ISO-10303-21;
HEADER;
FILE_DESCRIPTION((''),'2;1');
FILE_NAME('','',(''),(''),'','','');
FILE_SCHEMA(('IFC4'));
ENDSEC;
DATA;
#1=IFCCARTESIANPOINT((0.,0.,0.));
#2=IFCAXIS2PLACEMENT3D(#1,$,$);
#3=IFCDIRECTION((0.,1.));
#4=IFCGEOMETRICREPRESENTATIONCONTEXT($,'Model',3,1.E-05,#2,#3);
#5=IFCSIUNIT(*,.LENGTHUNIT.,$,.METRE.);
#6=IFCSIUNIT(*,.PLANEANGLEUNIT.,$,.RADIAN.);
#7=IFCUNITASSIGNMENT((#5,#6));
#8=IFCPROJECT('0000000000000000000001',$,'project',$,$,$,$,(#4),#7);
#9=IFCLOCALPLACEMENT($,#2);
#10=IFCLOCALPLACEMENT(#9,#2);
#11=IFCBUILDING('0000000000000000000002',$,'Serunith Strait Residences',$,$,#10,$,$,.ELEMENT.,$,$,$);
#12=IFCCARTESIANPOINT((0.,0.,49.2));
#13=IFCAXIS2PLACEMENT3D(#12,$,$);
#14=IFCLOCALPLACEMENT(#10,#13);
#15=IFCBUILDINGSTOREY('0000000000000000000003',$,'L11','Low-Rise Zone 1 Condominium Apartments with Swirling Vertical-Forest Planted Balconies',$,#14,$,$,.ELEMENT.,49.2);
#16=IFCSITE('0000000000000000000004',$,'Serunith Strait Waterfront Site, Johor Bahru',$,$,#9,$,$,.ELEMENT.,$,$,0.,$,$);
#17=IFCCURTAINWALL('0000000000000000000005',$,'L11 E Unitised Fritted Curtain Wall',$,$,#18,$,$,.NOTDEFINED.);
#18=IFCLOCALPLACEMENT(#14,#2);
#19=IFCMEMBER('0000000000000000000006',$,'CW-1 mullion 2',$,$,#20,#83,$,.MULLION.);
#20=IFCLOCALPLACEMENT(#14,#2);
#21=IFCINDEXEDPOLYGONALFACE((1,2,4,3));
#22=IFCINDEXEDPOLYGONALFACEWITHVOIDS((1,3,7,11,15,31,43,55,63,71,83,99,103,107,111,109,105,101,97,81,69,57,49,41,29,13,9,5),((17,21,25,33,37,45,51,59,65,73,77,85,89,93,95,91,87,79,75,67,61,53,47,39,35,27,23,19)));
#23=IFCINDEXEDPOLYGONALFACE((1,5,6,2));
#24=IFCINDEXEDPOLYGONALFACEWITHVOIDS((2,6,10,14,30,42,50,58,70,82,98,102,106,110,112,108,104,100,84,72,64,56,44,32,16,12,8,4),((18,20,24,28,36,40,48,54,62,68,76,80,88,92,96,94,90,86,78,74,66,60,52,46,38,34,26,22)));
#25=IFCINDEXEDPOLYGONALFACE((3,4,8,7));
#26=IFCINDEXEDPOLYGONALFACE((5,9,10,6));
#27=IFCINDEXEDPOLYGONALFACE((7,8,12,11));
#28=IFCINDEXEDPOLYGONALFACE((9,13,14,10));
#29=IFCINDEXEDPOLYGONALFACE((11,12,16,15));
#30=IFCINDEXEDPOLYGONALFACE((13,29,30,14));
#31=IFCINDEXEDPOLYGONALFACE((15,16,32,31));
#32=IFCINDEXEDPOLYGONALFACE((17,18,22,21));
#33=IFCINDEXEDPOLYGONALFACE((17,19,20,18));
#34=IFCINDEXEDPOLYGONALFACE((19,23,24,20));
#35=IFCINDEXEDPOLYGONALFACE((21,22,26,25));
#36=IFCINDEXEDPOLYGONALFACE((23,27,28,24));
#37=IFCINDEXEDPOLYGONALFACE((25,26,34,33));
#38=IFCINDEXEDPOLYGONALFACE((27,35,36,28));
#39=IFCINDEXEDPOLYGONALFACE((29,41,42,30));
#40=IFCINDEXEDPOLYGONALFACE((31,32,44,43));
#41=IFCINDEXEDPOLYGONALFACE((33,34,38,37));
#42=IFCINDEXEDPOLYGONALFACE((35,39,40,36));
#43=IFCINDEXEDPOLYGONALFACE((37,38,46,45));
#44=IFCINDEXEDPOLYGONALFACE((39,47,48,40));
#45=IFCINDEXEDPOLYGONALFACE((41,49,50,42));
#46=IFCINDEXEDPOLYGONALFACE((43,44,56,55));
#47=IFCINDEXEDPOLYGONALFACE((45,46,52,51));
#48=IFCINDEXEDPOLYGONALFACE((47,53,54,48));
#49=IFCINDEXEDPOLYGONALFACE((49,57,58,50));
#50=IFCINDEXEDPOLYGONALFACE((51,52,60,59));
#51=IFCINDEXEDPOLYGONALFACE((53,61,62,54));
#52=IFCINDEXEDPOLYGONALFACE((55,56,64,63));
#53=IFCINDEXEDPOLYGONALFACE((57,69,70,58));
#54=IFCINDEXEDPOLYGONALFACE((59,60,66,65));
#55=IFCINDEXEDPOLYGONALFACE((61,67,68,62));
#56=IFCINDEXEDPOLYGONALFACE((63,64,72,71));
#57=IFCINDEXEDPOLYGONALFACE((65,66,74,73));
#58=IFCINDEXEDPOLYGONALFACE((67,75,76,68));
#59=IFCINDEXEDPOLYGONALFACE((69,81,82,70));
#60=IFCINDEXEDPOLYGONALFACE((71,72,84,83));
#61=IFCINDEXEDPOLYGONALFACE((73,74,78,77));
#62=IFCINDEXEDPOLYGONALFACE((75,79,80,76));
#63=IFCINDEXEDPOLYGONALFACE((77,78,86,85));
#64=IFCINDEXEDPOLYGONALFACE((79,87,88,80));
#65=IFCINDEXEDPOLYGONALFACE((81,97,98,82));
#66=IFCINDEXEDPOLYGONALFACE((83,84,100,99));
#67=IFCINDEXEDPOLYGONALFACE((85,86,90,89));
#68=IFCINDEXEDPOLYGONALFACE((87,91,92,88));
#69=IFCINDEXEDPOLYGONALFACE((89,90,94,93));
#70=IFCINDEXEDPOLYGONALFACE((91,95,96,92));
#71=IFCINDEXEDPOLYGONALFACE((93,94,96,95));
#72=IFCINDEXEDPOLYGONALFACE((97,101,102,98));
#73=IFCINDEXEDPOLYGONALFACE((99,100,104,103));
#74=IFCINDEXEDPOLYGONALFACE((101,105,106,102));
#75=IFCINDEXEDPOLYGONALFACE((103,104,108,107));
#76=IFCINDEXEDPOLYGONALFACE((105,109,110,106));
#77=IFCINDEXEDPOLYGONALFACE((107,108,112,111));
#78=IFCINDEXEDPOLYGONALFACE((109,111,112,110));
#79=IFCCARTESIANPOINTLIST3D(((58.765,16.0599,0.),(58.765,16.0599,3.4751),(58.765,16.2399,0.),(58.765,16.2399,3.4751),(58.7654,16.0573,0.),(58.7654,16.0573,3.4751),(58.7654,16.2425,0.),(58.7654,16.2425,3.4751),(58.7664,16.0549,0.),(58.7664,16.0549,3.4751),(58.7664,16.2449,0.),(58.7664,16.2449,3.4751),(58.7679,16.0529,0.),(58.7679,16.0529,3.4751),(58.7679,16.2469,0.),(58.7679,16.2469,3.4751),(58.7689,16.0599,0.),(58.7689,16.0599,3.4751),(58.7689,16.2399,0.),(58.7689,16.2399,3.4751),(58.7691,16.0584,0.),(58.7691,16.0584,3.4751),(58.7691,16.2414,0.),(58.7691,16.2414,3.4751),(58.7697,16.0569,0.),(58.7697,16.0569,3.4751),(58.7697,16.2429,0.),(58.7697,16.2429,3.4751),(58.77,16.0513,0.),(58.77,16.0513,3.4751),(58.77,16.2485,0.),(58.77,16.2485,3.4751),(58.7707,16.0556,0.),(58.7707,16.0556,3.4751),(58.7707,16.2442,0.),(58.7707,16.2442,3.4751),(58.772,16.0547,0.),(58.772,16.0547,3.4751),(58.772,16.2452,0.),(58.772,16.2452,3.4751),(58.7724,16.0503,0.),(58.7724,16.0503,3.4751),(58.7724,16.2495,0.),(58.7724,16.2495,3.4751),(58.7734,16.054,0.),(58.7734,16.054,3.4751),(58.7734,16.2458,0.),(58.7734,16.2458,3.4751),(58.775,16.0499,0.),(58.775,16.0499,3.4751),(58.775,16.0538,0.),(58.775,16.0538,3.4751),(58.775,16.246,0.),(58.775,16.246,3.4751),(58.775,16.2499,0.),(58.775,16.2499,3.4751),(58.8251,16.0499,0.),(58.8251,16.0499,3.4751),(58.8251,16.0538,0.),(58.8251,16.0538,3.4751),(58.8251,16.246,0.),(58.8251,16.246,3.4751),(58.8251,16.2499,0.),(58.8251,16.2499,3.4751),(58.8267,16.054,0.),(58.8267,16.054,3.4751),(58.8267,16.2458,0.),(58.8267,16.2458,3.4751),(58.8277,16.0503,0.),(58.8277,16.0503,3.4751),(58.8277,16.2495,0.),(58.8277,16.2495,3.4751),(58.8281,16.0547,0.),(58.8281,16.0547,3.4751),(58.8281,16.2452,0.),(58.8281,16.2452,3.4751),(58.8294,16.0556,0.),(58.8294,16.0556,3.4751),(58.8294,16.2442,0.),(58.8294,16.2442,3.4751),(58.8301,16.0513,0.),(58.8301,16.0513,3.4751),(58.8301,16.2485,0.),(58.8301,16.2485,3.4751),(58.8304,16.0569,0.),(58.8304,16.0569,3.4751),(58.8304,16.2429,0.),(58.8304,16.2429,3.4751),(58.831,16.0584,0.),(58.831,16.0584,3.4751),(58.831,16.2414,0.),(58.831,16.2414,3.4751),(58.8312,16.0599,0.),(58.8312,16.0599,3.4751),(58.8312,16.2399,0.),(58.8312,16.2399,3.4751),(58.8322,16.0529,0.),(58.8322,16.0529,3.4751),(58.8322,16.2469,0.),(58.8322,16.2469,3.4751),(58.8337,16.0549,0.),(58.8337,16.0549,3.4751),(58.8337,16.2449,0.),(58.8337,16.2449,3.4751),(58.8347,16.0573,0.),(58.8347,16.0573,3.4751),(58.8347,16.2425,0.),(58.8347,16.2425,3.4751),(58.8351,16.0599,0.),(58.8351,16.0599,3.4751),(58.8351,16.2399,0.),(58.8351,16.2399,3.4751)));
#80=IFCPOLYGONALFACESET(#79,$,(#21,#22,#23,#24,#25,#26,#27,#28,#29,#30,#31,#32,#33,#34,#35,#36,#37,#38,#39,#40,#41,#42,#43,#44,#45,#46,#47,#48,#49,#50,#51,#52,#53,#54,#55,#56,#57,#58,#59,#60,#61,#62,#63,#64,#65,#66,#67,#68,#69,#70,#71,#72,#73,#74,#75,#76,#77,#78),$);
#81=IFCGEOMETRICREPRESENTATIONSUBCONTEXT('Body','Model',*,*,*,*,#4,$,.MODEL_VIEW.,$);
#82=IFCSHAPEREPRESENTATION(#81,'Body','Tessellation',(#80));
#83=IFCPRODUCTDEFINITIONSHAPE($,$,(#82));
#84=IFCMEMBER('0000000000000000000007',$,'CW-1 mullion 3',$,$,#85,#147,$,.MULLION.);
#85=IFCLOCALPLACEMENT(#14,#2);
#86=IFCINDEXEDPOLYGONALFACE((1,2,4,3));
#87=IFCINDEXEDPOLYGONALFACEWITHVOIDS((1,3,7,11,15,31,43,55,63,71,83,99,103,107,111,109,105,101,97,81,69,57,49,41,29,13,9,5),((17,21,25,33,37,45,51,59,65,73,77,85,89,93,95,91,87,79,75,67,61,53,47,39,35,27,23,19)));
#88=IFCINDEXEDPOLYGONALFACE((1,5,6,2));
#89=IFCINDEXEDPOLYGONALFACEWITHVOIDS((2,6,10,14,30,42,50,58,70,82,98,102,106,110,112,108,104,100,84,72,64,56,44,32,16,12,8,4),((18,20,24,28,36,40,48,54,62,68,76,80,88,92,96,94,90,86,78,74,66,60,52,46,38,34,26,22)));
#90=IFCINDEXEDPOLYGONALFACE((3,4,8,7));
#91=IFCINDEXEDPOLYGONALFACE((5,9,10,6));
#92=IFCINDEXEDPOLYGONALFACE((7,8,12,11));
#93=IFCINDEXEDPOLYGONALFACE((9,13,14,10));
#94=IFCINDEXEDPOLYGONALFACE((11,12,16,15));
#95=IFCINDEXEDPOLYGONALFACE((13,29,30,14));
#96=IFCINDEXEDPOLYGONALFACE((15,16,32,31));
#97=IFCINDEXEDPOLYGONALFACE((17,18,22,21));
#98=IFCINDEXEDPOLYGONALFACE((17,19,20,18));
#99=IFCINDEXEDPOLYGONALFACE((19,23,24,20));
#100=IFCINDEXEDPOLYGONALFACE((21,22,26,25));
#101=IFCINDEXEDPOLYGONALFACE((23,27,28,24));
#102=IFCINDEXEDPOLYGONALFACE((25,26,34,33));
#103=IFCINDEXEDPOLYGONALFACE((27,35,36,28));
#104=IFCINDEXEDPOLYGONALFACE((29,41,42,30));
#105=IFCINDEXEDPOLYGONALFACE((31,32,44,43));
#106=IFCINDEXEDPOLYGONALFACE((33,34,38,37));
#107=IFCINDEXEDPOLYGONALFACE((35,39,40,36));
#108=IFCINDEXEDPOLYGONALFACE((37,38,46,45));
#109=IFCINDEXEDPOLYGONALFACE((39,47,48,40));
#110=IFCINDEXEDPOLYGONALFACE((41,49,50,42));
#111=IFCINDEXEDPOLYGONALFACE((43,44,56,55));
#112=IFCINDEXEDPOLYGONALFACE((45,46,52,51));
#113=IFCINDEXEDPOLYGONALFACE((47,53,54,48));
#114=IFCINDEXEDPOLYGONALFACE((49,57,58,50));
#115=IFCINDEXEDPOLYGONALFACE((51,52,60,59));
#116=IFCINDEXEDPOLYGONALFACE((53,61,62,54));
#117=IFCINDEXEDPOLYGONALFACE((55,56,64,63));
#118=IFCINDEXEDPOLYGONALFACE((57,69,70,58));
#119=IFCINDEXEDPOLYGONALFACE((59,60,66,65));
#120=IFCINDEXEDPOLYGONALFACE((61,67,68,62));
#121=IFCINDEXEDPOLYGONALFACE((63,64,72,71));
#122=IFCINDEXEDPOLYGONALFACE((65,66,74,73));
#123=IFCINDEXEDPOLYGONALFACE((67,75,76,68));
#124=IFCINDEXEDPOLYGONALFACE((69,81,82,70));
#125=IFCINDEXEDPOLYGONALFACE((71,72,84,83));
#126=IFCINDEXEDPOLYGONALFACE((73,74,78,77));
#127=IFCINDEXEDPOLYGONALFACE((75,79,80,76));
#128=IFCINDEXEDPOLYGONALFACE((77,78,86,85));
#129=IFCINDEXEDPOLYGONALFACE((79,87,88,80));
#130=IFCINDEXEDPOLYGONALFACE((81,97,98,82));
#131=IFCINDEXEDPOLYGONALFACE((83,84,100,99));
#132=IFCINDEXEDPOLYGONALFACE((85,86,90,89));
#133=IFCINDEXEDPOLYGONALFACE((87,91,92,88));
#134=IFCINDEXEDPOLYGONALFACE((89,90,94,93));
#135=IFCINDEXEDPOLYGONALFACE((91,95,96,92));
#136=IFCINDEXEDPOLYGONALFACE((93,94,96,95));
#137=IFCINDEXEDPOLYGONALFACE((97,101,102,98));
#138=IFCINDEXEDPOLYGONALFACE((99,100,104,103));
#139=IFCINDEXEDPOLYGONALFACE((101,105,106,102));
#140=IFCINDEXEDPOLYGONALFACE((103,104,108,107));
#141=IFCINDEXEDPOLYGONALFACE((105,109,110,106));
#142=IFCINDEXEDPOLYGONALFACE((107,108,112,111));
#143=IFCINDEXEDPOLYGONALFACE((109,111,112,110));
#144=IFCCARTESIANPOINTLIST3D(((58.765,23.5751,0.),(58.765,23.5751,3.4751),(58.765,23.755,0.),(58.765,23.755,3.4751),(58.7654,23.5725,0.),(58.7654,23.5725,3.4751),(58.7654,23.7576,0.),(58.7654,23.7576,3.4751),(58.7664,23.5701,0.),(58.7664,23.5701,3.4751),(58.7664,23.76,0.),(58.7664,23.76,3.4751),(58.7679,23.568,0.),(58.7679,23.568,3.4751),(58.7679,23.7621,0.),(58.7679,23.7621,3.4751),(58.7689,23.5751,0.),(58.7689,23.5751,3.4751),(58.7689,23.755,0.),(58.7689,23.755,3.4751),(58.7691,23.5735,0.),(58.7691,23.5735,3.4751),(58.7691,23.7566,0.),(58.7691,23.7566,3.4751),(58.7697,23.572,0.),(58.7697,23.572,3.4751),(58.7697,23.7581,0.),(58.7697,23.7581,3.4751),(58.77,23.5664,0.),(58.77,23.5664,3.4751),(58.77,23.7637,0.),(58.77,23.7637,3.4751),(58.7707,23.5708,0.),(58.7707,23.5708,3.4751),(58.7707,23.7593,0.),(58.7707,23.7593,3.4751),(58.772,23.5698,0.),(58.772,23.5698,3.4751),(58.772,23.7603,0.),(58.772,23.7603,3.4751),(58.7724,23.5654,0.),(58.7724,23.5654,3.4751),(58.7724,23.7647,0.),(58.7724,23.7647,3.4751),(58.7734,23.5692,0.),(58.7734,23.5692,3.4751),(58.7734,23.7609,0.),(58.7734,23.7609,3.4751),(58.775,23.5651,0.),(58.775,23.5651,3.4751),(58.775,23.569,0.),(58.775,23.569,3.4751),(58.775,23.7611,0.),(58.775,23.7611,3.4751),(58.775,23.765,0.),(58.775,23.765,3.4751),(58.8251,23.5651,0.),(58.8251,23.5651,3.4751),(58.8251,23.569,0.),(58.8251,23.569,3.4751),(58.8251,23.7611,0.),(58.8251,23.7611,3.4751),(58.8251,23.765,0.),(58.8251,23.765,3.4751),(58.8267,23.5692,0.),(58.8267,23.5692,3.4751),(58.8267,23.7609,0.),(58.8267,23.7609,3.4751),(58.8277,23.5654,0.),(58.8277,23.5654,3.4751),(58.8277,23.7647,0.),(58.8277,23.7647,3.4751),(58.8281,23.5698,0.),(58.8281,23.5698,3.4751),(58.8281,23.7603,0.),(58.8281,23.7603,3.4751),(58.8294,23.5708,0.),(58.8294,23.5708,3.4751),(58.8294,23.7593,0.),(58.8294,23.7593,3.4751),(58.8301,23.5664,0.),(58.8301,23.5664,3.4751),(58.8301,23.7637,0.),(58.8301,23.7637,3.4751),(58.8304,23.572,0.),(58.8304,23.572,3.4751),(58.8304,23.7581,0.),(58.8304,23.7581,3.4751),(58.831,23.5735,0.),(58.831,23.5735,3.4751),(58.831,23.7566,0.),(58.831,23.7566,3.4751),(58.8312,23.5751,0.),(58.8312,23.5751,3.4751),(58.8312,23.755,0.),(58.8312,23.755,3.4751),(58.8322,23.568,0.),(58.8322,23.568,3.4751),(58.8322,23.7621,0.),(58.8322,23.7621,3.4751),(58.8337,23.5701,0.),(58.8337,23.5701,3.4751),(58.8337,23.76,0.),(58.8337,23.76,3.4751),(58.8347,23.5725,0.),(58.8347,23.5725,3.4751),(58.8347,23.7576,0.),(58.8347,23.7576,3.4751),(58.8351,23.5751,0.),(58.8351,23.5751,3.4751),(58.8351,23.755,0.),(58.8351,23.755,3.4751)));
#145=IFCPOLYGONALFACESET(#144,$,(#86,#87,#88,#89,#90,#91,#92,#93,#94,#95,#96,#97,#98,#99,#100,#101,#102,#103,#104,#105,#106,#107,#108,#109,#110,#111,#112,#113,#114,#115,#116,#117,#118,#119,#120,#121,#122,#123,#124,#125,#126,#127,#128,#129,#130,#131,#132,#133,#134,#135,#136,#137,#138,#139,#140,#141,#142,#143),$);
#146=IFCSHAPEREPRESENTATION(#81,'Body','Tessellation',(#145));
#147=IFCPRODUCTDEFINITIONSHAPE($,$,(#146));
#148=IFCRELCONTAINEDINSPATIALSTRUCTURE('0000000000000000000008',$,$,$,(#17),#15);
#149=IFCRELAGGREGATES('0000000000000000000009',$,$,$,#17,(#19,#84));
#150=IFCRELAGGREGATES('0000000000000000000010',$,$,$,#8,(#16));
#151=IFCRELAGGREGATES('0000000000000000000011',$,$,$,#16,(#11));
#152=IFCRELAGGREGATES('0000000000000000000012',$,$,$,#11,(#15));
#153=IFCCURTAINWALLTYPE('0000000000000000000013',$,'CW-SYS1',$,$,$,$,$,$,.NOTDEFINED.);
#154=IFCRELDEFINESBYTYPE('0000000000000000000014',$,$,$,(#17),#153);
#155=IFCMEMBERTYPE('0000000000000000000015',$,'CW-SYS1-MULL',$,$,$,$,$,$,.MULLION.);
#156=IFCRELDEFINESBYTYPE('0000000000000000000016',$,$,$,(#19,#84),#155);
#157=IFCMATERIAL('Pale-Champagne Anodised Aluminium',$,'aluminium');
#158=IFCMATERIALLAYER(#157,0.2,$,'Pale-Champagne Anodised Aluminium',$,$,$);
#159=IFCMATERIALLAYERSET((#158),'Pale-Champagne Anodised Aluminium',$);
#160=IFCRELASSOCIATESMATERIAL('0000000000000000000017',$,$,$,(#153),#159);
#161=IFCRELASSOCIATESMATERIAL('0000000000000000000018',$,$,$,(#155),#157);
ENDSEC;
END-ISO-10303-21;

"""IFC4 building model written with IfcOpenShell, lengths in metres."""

from ifc_helpers import new_model, si_unit, direction, frame, origin, origin_2d, place, context, subcontext, project, spatial, hollow_rectangle, extrude, source, transform, mapped, material, layer, layer_set, material_profile, profile_set, type_object, element, aggregate, save


model = new_model("IFC4")

# Units and contexts
model_context = context("Model", 3, precision=1e-05, world=origin(), true_north=direction((0.0, 1.0)))
body_context = subcontext(model_context, "Body", "Model", "MODEL_VIEW")
ifc_project = project(units=[si_unit("LENGTHUNIT", "METRE"), si_unit("PLANEANGLEUNIT", "RADIAN")], contexts=[model_context])

# Site, building, storey
site_placement = place(None, origin())
site = spatial("IfcSite", under=ifc_project, at=site_placement, Name="Serunith Strait Waterfront Site, Johor Bahru", CompositionType="ELEMENT", RefElevation=0.0)
building_placement = place(site_placement, origin())
building = spatial("IfcBuilding", under=site, at=building_placement, Name="Serunith Strait Residences", CompositionType="ELEMENT")
storey_placement = place(building_placement, frame((0.0, 0.0, 49.2)))
storey = spatial("IfcBuildingStorey", under=building, at=storey_placement, Name="L11", Description="Low-Rise Zone 1 Condominium Apartments with Swirling Vertical-Forest Planted Balconies", CompositionType="ELEMENT", Elevation=49.2)

# Curtain wall, members
ifc_material_1 = material(Name="Pale-Champagne Anodised Aluminium", Category="aluminium")
ifc_layer_1 = layer(ifc_material_1, 0.2, Name="Pale-Champagne Anodised Aluminium")
ifc_layer_set_1 = layer_set([ifc_layer_1], Name="Pale-Champagne Anodised Aluminium")
curtain_wall_type = type_object("IfcCurtainWallType", Name="CW-SYS1", PredefinedType="NOTDEFINED", material=ifc_layer_set_1)
curtain_wall_placement = place(storey_placement, origin())
curtain_wall = element("IfcCurtainWall", 1, at=curtain_wall_placement, inside=storey, type_object=curtain_wall_type, Name="L11 E Unitised Fritted Curtain Wall", PredefinedType="NOTDEFINED")
ifc_material_profile_1 = material_profile(ifc_material_1, hollow_rectangle(XDim=0.0701, YDim=0.2, WallThickness=0.0039, InnerFilletRadius=0.0061, OuterFilletRadius=0.01, at=origin_2d()), Name="ALU 200x70x4")
ifc_profile_set_1 = profile_set([ifc_material_profile_1], Name="Pale-Champagne Anodised Aluminium")
member_type_1 = type_object("IfcMemberType", Name="CW-SYS1-MULL", PredefinedType="MULLION", material=ifc_profile_set_1)
shared_shape_1 = source(origin(), body_context, "Body", "SweptSolid", [
    extrude(hollow_rectangle(XDim=0.0701, YDim=0.2, WallThickness=0.0039, InnerFilletRadius=0.0061, OuterFilletRadius=0.01, at=origin_2d()), origin(), (0.0, 0.0, 1.0), 3.4751),
])
member_1_placement = place(storey_placement, frame((58.8, 16.1499, 0.0), z_axis=(0.0, 0.0, 1.0), x_axis=(-1.0, 0.0, 0.0)))
member_1 = element("IfcMember", 2, at=member_1_placement, type_object=member_type_1, Name="CW-1 mullion 2", PredefinedType="MULLION", context=body_context, shape_type="MappedRepresentation", body=[
    mapped(shared_shape_1, transform((0.0, 0.0, 0.0), scale=1.0)),
])
member_2_placement = place(storey_placement, frame((58.8, 23.665, 0.0), z_axis=(0.0, 0.0, 1.0), x_axis=(-1.0, 0.0, 0.0)))
member_2 = element("IfcMember", 3, at=member_2_placement, type_object=member_type_1, Name="CW-1 mullion 3", PredefinedType="MULLION", context=body_context, shape_type="MappedRepresentation", body=[
    mapped(shared_shape_1, transform((0.0, 0.0, 0.0), scale=1.0)),
])
aggregate(curtain_wall, [member_1, member_2])

save(model, "model.ifc")
